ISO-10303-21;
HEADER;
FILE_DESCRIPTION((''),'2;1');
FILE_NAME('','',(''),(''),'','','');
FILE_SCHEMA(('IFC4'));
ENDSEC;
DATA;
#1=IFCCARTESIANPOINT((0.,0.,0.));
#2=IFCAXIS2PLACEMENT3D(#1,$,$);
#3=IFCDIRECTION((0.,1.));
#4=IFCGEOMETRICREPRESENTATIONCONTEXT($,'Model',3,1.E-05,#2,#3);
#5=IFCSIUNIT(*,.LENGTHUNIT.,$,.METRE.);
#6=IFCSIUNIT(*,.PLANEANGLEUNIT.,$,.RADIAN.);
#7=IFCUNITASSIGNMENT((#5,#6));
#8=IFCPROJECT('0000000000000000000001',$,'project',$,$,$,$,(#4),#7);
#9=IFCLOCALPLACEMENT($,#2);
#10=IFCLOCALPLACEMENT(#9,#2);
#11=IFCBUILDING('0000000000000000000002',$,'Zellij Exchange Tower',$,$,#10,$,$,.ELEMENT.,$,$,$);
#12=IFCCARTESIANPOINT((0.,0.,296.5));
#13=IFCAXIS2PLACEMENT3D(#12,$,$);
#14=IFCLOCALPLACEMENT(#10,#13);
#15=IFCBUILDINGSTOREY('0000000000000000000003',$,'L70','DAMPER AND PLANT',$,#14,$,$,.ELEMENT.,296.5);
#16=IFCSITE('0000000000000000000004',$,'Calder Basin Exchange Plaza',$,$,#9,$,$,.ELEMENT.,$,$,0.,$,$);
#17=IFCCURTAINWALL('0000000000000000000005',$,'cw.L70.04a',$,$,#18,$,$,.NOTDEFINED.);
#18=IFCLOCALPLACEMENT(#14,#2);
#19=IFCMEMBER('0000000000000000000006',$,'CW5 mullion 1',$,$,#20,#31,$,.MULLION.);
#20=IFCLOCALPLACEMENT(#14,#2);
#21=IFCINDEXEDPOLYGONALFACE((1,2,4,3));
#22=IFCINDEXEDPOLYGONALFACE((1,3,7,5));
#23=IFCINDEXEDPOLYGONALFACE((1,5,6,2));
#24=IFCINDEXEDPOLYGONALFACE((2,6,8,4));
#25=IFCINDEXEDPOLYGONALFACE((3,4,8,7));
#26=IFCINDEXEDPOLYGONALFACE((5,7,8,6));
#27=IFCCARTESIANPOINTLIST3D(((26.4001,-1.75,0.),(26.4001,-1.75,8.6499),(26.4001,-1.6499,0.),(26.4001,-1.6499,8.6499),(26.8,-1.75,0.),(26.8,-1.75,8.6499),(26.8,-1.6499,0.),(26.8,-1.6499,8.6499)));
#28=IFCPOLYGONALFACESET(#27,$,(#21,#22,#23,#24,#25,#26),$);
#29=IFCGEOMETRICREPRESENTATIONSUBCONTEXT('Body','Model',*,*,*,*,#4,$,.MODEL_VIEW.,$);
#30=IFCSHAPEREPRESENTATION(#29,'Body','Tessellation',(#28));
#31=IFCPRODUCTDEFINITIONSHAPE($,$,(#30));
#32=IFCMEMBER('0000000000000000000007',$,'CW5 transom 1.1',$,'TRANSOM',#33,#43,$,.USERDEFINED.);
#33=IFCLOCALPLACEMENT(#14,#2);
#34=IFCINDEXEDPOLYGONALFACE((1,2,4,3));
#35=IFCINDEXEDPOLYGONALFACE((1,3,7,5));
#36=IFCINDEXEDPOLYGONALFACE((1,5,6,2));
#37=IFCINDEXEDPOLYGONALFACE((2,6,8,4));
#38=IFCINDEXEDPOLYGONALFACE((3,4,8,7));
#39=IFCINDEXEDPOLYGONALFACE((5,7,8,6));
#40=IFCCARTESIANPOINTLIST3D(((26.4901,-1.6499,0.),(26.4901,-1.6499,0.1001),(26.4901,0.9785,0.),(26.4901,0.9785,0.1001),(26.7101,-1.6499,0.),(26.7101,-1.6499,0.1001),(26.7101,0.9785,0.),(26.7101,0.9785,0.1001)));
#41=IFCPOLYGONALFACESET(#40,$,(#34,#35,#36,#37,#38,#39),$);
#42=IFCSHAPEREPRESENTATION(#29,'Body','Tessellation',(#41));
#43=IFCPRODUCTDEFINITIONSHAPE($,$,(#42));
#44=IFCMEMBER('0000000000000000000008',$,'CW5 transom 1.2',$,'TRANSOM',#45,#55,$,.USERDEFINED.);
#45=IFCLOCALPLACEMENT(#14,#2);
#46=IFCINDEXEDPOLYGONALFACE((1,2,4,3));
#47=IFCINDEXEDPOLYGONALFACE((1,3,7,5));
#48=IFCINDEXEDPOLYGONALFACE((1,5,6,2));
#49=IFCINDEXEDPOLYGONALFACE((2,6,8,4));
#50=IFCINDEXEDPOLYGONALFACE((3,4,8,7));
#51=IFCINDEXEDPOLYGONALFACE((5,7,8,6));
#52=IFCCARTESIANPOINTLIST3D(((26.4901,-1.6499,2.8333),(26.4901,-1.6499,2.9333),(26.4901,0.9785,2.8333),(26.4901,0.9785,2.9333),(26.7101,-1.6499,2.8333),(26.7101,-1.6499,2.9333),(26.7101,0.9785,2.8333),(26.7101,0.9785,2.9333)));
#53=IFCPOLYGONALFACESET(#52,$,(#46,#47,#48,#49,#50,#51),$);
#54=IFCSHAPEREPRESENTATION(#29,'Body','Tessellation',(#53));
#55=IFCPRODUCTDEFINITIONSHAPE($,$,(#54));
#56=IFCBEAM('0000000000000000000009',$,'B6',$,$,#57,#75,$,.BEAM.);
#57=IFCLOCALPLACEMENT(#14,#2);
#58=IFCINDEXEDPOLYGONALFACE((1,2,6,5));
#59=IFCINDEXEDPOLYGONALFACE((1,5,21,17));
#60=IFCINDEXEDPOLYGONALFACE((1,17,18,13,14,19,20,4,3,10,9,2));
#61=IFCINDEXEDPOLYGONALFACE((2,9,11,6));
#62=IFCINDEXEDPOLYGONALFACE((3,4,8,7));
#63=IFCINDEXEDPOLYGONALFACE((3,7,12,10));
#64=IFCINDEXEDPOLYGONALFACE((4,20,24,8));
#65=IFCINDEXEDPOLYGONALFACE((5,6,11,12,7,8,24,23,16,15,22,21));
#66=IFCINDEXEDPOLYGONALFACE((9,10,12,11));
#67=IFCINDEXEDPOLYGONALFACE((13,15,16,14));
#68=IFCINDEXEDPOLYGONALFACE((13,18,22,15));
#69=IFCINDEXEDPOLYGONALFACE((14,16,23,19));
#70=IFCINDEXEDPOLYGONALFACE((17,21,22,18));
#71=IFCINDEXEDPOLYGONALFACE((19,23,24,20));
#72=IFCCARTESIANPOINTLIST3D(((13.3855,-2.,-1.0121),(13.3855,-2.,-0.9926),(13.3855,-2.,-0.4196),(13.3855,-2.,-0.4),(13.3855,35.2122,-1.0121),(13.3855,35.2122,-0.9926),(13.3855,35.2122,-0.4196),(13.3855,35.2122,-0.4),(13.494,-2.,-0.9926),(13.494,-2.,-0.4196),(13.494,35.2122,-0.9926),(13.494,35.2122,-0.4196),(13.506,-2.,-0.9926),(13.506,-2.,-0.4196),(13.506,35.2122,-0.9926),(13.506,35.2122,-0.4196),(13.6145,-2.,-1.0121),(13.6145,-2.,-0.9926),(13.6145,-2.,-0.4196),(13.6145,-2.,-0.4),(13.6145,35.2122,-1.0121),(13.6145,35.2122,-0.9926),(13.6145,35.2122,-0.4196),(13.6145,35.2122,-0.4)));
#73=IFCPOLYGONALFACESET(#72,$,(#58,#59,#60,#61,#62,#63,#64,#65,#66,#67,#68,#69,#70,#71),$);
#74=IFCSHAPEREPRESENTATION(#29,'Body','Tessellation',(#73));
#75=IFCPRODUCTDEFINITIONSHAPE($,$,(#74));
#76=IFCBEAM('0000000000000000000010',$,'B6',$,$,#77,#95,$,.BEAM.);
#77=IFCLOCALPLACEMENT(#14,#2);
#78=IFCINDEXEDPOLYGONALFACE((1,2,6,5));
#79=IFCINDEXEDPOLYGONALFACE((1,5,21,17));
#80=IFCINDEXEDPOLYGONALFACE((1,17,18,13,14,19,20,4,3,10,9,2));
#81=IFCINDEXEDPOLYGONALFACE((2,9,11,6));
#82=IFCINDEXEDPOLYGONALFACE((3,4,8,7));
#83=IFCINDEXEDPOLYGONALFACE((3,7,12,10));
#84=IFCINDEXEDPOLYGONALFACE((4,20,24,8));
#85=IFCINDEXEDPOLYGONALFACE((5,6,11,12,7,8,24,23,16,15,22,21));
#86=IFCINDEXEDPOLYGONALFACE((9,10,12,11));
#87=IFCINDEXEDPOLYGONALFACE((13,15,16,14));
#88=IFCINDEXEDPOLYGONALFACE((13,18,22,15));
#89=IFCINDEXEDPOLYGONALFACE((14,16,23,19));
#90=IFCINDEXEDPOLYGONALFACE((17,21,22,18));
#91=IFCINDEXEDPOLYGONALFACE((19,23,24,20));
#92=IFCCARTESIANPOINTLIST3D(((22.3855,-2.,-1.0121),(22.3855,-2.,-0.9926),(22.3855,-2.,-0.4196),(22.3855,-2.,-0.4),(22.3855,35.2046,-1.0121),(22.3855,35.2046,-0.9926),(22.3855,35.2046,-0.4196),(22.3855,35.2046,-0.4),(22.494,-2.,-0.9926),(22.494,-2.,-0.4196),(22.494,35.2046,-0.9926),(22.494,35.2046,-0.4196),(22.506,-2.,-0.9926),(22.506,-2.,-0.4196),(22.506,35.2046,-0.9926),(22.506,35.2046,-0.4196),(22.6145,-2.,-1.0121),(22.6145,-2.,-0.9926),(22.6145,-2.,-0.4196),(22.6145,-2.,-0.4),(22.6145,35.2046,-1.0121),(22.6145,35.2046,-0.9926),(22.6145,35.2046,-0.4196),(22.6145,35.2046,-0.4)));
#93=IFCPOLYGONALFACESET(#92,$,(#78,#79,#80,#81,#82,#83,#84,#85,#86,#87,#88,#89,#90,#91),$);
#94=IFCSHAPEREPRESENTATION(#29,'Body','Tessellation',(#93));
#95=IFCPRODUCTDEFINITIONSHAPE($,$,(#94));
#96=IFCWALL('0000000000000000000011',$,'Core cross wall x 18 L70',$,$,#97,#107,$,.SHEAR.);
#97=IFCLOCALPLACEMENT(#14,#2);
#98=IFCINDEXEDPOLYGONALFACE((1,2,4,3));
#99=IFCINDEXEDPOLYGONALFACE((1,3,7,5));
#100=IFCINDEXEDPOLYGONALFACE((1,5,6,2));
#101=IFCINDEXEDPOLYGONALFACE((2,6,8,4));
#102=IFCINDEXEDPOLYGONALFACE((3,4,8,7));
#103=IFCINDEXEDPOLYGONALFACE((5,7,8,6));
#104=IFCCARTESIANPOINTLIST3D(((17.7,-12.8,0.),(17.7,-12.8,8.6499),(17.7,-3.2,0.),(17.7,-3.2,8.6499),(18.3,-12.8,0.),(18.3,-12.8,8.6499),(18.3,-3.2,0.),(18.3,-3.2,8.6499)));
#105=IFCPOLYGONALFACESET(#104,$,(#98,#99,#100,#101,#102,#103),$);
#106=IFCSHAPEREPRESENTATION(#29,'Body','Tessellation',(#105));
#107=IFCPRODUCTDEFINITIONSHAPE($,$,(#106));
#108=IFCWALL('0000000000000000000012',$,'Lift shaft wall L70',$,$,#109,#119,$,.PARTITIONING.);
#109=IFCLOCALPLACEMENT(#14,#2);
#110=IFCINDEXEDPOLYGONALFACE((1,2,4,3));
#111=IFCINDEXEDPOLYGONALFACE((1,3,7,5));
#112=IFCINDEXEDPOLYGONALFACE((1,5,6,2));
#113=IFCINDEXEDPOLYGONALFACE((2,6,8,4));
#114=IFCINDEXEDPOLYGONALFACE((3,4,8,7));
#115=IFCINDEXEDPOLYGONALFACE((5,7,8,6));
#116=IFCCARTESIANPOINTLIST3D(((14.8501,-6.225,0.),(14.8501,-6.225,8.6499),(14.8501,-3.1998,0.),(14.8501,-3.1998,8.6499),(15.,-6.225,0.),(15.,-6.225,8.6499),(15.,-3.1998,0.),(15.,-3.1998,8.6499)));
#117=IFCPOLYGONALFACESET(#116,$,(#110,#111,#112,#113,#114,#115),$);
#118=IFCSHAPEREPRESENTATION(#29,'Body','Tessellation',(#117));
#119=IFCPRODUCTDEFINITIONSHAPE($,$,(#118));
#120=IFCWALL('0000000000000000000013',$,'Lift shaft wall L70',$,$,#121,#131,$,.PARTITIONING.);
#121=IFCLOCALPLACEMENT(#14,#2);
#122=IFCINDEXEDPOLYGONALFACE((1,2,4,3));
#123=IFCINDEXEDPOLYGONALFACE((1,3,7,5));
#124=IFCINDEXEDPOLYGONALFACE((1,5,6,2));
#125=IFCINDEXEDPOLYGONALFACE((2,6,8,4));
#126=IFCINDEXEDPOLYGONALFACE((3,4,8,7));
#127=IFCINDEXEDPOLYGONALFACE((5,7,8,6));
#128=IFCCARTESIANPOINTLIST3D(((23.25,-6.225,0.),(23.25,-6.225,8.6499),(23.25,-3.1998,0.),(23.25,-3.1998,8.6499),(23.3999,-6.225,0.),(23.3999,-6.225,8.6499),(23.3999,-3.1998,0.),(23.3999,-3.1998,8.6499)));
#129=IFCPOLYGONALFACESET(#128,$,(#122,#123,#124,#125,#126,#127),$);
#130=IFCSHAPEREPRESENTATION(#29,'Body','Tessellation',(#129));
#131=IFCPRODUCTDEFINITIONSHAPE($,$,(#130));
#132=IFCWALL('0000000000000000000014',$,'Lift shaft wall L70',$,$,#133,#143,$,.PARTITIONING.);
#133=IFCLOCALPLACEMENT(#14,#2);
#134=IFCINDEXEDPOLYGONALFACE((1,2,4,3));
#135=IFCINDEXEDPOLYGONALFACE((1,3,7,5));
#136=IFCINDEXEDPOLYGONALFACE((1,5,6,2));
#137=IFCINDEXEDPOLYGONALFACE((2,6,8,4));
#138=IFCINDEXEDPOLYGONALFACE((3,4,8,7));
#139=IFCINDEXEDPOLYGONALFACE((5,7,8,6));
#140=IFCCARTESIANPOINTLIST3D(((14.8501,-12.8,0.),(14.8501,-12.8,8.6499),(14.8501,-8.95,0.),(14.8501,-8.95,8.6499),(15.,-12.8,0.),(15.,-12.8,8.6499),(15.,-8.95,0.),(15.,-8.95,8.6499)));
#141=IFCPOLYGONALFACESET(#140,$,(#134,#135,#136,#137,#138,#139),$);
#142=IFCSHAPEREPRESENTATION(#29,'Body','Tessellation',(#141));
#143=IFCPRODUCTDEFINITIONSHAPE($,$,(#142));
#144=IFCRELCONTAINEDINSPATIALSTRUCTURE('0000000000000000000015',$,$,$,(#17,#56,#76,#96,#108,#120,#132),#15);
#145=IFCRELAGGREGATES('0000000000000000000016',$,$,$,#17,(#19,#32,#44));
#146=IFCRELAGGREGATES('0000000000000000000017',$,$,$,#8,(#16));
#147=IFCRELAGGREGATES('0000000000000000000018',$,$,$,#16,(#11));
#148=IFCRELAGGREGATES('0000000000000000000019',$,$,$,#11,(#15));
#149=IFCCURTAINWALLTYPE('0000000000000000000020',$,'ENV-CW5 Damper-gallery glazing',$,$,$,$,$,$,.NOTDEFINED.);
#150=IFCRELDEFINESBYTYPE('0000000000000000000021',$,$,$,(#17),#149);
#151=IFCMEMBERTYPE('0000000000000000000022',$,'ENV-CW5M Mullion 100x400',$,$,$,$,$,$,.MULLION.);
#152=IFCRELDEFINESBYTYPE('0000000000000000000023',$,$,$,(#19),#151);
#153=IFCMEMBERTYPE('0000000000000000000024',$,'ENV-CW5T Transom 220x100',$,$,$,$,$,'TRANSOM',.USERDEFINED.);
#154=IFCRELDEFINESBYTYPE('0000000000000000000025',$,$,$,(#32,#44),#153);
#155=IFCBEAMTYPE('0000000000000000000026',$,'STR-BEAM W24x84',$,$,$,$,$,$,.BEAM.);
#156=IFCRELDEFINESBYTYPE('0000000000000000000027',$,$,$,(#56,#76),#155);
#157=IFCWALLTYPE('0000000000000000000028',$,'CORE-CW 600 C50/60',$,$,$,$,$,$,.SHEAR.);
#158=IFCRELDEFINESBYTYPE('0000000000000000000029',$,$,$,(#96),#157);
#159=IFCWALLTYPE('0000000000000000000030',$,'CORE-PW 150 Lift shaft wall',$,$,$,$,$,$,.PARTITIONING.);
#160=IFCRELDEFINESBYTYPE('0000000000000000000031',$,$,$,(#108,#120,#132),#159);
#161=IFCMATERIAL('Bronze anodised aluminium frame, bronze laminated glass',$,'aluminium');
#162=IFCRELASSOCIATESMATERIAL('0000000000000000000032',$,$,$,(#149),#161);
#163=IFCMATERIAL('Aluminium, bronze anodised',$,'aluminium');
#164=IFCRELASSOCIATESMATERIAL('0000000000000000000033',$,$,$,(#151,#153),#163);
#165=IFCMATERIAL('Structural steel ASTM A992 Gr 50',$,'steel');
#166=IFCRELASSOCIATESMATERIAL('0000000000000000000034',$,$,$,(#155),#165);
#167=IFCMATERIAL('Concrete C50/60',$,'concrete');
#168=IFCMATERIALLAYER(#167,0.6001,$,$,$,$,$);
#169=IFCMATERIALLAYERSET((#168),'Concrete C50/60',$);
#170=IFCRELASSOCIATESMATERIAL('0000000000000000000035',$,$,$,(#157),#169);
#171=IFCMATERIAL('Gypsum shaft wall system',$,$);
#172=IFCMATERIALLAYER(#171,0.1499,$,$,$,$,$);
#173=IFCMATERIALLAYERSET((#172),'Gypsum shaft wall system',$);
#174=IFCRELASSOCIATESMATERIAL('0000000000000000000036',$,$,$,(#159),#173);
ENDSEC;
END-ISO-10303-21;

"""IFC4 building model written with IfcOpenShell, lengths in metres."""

from ifc_helpers import new_model, si_unit, direction, frame, frame_2d, origin, origin_2d, place, context, subcontext, project, spatial, rectangle, i_section, extrude, material, layer, layer_set, material_profile, profile_set, type_object, element, aggregate, save


model = new_model("IFC4")

# Units and contexts
model_context = context("Model", 3, precision=1e-05, world=origin(), true_north=direction((0.0, 1.0)))
body_context = subcontext(model_context, "Body", "Model", "MODEL_VIEW")
ifc_project = project(units=[si_unit("LENGTHUNIT", "METRE"), si_unit("PLANEANGLEUNIT", "RADIAN")], contexts=[model_context])

# Site, building, storey
site_placement = place(None, origin())
site = spatial("IfcSite", under=ifc_project, at=site_placement, Name="Calder Basin Exchange Plaza", CompositionType="ELEMENT", RefElevation=0.0)
building_placement = place(site_placement, origin())
building = spatial("IfcBuilding", under=site, at=building_placement, Name="Zellij Exchange Tower", CompositionType="ELEMENT")
storey_placement = place(building_placement, frame((0.0, 0.0, 296.5)))
storey = spatial("IfcBuildingStorey", under=building, at=storey_placement, Name="L70", Description="DAMPER AND PLANT", CompositionType="ELEMENT", Elevation=296.5)

# Curtain wall, members
ifc_material_1 = material(Name="Bronze anodised aluminium frame, bronze laminated glass", Category="aluminium")
curtain_wall_type = type_object("IfcCurtainWallType", Name="ENV-CW5 Damper-gallery glazing", PredefinedType="NOTDEFINED", material=ifc_material_1)
curtain_wall_placement = place(storey_placement, origin())
curtain_wall = element("IfcCurtainWall", 1, at=curtain_wall_placement, inside=storey, type_object=curtain_wall_type, Name="cw.L70.04a", PredefinedType="NOTDEFINED")
ifc_material_2 = material(Name="Aluminium, bronze anodised", Category="aluminium")
ifc_material_profile_1 = material_profile(ifc_material_2, rectangle(XDim=0.1001, YDim=0.3999, at=origin_2d()), Name="AL 100x400")
ifc_profile_set_1 = profile_set([ifc_material_profile_1], Name="Aluminium, bronze anodised")
member_type_1 = type_object("IfcMemberType", Name="ENV-CW5M Mullion 100x400", PredefinedType="MULLION", material=ifc_profile_set_1)
member_1_placement = place(storey_placement, frame((26.6001, -1.7, 0.0), z_axis=(0.0, 0.0, 1.0), x_axis=(0.0, 1.0, 0.0)))
member_1 = element("IfcMember", 2, at=member_1_placement, type_object=member_type_1, Name="CW5 mullion 1", PredefinedType="MULLION", context=body_context, shape_type="SweptSolid", body=[
    extrude(rectangle(XDim=0.1001, YDim=0.3999, at=origin_2d()), origin(), (0.0, 0.0, 1.0), 8.6499),
])
ifc_material_profile_2 = material_profile(ifc_material_2, rectangle(XDim=0.22, YDim=0.1001, at=origin_2d()), Name="AL 220x100")
ifc_profile_set_2 = profile_set([ifc_material_profile_2], Name="Aluminium, bronze anodised")
member_type_2 = type_object("IfcMemberType", Name="ENV-CW5T Transom 220x100", ElementType="TRANSOM", PredefinedType="USERDEFINED", material=ifc_profile_set_2)
member_2_placement = place(storey_placement, frame((26.6001, -1.6499, 0.05), z_axis=(0.0, 1.0, 0.0), x_axis=(-1.0, 0.0, 0.0)))
member_2 = element("IfcMember", 3, at=member_2_placement, type_object=member_type_2, Name="CW5 transom 1.1", ObjectType="TRANSOM", PredefinedType="USERDEFINED", context=body_context, shape_type="SweptSolid", body=[
    extrude(rectangle(XDim=0.22, YDim=0.1001, at=origin_2d()), origin(), (0.0, 0.0, 1.0), 2.6284),
])
member_3_placement = place(storey_placement, frame((26.6001, -1.6499, 2.8833), z_axis=(0.0, 1.0, 0.0), x_axis=(-1.0, 0.0, 0.0)))
member_3 = element("IfcMember", 4, at=member_3_placement, type_object=member_type_2, Name="CW5 transom 1.2", ObjectType="TRANSOM", PredefinedType="USERDEFINED", context=body_context, shape_type="SweptSolid", body=[
    extrude(rectangle(XDim=0.22, YDim=0.1001, at=origin_2d()), origin(), (0.0, 0.0, 1.0), 2.6284),
])
aggregate(curtain_wall, [member_1, member_2, member_3])

# Beams
ifc_material_3 = material(Name="Structural steel ASTM A992 Gr 50", Category="steel")
ifc_material_profile_3 = material_profile(ifc_material_3, i_section(OverallWidth=0.229, OverallDepth=0.6121, WebThickness=0.012, FlangeThickness=0.0195, at=origin_2d()), Name="W24x84")
ifc_profile_set_3 = profile_set([ifc_material_profile_3], Name="Structural steel ASTM A992 Gr 50")
beam_type = type_object("IfcBeamType", Name="STR-BEAM W24x84", PredefinedType="BEAM", material=ifc_profile_set_3)
beam_1_placement = place(storey_placement, frame((13.5, -2.0, -0.7061), z_axis=(0.0, 1.0, 0.0), x_axis=(-1.0, 0.0, 0.0)))
element("IfcBeam", 5, at=beam_1_placement, inside=storey, type_object=beam_type, Name="B6", PredefinedType="BEAM", context=body_context, shape_type="SweptSolid", body=[
    extrude(i_section(OverallWidth=0.229, OverallDepth=0.6121, WebThickness=0.012, FlangeThickness=0.0195, at=origin_2d()), origin(), (0.0, 0.0, 1.0), 37.2122),
])
beam_2_placement = place(storey_placement, frame((22.5, -2.0, -0.7061), z_axis=(0.0, 1.0, 0.0), x_axis=(-1.0, 0.0, 0.0)))
element("IfcBeam", 6, at=beam_2_placement, inside=storey, type_object=beam_type, Name="B6", PredefinedType="BEAM", context=body_context, shape_type="SweptSolid", body=[
    extrude(i_section(OverallWidth=0.229, OverallDepth=0.6121, WebThickness=0.012, FlangeThickness=0.0195, at=origin_2d()), origin(), (0.0, 0.0, 1.0), 37.2046),
])

# Walls
ifc_material_4 = material(Name="Concrete C50/60", Category="concrete")
ifc_layer_1 = layer(ifc_material_4, 0.6001)
ifc_layer_set_1 = layer_set([ifc_layer_1], Name="Concrete C50/60")
wall_type_1 = type_object("IfcWallType", Name="CORE-CW 600 C50/60", PredefinedType="SHEAR", material=ifc_layer_set_1)
wall_1_placement = place(storey_placement, frame((18.0, -12.8, 0.0), z_axis=(0.0, 0.0, 1.0), x_axis=(0.0, 1.0, 0.0)))
element("IfcWall", 7, at=wall_1_placement, inside=storey, type_object=wall_type_1, Name="Core cross wall x 18 L70", PredefinedType="SHEAR", context=body_context, shape_type="SweptSolid", body=[
    extrude(rectangle(XDim=9.6001, YDim=0.6001, at=frame_2d((4.8, 0.0))), origin(), (0.0, 0.0, 1.0), 8.6499),
])
ifc_material_5 = material(Name="Gypsum shaft wall system")
ifc_layer_2 = layer(ifc_material_5, 0.1499)
ifc_layer_set_2 = layer_set([ifc_layer_2], Name="Gypsum shaft wall system")
wall_type_2 = type_object("IfcWallType", Name="CORE-PW 150 Lift shaft wall", PredefinedType="PARTITIONING", material=ifc_layer_set_2)
for number, where, z_axis, x_axis, name in (
    (8, (14.925, -6.2251, 0.0), (0.0, 0.0, 1.0), (0.0, 1.0, 0.0), "Lift shaft wall L70"),
    (9, (23.325, -6.2251, 0.0), (0.0, 0.0, 1.0), (0.0, 1.0, 0.0), "Lift shaft wall L70"),
):
    element("IfcWall", number, at=place(storey_placement, frame(where, z_axis=z_axis, x_axis=x_axis)), inside=storey, type_object=wall_type_2, Name=name, PredefinedType="PARTITIONING", context=body_context, shape_type="SweptSolid", body=[
        extrude(rectangle(XDim=3.0251, YDim=0.1499, at=frame_2d((1.5127, 0.0))), origin(), (0.0, 0.0, 1.0), 8.6499),
    ])
wall_2_placement = place(storey_placement, frame((14.925, -12.8, 0.0), z_axis=(0.0, 0.0, 1.0), x_axis=(0.0, 1.0, 0.0)))
element("IfcWall", 10, at=wall_2_placement, inside=storey, type_object=wall_type_2, Name="Lift shaft wall L70", PredefinedType="PARTITIONING", context=body_context, shape_type="SweptSolid", body=[
    extrude(rectangle(XDim=3.8501, YDim=0.1499, at=frame_2d((1.925, 0.0))), origin(), (0.0, 0.0, 1.0), 8.6499),
])

save(model, "model.ifc")
